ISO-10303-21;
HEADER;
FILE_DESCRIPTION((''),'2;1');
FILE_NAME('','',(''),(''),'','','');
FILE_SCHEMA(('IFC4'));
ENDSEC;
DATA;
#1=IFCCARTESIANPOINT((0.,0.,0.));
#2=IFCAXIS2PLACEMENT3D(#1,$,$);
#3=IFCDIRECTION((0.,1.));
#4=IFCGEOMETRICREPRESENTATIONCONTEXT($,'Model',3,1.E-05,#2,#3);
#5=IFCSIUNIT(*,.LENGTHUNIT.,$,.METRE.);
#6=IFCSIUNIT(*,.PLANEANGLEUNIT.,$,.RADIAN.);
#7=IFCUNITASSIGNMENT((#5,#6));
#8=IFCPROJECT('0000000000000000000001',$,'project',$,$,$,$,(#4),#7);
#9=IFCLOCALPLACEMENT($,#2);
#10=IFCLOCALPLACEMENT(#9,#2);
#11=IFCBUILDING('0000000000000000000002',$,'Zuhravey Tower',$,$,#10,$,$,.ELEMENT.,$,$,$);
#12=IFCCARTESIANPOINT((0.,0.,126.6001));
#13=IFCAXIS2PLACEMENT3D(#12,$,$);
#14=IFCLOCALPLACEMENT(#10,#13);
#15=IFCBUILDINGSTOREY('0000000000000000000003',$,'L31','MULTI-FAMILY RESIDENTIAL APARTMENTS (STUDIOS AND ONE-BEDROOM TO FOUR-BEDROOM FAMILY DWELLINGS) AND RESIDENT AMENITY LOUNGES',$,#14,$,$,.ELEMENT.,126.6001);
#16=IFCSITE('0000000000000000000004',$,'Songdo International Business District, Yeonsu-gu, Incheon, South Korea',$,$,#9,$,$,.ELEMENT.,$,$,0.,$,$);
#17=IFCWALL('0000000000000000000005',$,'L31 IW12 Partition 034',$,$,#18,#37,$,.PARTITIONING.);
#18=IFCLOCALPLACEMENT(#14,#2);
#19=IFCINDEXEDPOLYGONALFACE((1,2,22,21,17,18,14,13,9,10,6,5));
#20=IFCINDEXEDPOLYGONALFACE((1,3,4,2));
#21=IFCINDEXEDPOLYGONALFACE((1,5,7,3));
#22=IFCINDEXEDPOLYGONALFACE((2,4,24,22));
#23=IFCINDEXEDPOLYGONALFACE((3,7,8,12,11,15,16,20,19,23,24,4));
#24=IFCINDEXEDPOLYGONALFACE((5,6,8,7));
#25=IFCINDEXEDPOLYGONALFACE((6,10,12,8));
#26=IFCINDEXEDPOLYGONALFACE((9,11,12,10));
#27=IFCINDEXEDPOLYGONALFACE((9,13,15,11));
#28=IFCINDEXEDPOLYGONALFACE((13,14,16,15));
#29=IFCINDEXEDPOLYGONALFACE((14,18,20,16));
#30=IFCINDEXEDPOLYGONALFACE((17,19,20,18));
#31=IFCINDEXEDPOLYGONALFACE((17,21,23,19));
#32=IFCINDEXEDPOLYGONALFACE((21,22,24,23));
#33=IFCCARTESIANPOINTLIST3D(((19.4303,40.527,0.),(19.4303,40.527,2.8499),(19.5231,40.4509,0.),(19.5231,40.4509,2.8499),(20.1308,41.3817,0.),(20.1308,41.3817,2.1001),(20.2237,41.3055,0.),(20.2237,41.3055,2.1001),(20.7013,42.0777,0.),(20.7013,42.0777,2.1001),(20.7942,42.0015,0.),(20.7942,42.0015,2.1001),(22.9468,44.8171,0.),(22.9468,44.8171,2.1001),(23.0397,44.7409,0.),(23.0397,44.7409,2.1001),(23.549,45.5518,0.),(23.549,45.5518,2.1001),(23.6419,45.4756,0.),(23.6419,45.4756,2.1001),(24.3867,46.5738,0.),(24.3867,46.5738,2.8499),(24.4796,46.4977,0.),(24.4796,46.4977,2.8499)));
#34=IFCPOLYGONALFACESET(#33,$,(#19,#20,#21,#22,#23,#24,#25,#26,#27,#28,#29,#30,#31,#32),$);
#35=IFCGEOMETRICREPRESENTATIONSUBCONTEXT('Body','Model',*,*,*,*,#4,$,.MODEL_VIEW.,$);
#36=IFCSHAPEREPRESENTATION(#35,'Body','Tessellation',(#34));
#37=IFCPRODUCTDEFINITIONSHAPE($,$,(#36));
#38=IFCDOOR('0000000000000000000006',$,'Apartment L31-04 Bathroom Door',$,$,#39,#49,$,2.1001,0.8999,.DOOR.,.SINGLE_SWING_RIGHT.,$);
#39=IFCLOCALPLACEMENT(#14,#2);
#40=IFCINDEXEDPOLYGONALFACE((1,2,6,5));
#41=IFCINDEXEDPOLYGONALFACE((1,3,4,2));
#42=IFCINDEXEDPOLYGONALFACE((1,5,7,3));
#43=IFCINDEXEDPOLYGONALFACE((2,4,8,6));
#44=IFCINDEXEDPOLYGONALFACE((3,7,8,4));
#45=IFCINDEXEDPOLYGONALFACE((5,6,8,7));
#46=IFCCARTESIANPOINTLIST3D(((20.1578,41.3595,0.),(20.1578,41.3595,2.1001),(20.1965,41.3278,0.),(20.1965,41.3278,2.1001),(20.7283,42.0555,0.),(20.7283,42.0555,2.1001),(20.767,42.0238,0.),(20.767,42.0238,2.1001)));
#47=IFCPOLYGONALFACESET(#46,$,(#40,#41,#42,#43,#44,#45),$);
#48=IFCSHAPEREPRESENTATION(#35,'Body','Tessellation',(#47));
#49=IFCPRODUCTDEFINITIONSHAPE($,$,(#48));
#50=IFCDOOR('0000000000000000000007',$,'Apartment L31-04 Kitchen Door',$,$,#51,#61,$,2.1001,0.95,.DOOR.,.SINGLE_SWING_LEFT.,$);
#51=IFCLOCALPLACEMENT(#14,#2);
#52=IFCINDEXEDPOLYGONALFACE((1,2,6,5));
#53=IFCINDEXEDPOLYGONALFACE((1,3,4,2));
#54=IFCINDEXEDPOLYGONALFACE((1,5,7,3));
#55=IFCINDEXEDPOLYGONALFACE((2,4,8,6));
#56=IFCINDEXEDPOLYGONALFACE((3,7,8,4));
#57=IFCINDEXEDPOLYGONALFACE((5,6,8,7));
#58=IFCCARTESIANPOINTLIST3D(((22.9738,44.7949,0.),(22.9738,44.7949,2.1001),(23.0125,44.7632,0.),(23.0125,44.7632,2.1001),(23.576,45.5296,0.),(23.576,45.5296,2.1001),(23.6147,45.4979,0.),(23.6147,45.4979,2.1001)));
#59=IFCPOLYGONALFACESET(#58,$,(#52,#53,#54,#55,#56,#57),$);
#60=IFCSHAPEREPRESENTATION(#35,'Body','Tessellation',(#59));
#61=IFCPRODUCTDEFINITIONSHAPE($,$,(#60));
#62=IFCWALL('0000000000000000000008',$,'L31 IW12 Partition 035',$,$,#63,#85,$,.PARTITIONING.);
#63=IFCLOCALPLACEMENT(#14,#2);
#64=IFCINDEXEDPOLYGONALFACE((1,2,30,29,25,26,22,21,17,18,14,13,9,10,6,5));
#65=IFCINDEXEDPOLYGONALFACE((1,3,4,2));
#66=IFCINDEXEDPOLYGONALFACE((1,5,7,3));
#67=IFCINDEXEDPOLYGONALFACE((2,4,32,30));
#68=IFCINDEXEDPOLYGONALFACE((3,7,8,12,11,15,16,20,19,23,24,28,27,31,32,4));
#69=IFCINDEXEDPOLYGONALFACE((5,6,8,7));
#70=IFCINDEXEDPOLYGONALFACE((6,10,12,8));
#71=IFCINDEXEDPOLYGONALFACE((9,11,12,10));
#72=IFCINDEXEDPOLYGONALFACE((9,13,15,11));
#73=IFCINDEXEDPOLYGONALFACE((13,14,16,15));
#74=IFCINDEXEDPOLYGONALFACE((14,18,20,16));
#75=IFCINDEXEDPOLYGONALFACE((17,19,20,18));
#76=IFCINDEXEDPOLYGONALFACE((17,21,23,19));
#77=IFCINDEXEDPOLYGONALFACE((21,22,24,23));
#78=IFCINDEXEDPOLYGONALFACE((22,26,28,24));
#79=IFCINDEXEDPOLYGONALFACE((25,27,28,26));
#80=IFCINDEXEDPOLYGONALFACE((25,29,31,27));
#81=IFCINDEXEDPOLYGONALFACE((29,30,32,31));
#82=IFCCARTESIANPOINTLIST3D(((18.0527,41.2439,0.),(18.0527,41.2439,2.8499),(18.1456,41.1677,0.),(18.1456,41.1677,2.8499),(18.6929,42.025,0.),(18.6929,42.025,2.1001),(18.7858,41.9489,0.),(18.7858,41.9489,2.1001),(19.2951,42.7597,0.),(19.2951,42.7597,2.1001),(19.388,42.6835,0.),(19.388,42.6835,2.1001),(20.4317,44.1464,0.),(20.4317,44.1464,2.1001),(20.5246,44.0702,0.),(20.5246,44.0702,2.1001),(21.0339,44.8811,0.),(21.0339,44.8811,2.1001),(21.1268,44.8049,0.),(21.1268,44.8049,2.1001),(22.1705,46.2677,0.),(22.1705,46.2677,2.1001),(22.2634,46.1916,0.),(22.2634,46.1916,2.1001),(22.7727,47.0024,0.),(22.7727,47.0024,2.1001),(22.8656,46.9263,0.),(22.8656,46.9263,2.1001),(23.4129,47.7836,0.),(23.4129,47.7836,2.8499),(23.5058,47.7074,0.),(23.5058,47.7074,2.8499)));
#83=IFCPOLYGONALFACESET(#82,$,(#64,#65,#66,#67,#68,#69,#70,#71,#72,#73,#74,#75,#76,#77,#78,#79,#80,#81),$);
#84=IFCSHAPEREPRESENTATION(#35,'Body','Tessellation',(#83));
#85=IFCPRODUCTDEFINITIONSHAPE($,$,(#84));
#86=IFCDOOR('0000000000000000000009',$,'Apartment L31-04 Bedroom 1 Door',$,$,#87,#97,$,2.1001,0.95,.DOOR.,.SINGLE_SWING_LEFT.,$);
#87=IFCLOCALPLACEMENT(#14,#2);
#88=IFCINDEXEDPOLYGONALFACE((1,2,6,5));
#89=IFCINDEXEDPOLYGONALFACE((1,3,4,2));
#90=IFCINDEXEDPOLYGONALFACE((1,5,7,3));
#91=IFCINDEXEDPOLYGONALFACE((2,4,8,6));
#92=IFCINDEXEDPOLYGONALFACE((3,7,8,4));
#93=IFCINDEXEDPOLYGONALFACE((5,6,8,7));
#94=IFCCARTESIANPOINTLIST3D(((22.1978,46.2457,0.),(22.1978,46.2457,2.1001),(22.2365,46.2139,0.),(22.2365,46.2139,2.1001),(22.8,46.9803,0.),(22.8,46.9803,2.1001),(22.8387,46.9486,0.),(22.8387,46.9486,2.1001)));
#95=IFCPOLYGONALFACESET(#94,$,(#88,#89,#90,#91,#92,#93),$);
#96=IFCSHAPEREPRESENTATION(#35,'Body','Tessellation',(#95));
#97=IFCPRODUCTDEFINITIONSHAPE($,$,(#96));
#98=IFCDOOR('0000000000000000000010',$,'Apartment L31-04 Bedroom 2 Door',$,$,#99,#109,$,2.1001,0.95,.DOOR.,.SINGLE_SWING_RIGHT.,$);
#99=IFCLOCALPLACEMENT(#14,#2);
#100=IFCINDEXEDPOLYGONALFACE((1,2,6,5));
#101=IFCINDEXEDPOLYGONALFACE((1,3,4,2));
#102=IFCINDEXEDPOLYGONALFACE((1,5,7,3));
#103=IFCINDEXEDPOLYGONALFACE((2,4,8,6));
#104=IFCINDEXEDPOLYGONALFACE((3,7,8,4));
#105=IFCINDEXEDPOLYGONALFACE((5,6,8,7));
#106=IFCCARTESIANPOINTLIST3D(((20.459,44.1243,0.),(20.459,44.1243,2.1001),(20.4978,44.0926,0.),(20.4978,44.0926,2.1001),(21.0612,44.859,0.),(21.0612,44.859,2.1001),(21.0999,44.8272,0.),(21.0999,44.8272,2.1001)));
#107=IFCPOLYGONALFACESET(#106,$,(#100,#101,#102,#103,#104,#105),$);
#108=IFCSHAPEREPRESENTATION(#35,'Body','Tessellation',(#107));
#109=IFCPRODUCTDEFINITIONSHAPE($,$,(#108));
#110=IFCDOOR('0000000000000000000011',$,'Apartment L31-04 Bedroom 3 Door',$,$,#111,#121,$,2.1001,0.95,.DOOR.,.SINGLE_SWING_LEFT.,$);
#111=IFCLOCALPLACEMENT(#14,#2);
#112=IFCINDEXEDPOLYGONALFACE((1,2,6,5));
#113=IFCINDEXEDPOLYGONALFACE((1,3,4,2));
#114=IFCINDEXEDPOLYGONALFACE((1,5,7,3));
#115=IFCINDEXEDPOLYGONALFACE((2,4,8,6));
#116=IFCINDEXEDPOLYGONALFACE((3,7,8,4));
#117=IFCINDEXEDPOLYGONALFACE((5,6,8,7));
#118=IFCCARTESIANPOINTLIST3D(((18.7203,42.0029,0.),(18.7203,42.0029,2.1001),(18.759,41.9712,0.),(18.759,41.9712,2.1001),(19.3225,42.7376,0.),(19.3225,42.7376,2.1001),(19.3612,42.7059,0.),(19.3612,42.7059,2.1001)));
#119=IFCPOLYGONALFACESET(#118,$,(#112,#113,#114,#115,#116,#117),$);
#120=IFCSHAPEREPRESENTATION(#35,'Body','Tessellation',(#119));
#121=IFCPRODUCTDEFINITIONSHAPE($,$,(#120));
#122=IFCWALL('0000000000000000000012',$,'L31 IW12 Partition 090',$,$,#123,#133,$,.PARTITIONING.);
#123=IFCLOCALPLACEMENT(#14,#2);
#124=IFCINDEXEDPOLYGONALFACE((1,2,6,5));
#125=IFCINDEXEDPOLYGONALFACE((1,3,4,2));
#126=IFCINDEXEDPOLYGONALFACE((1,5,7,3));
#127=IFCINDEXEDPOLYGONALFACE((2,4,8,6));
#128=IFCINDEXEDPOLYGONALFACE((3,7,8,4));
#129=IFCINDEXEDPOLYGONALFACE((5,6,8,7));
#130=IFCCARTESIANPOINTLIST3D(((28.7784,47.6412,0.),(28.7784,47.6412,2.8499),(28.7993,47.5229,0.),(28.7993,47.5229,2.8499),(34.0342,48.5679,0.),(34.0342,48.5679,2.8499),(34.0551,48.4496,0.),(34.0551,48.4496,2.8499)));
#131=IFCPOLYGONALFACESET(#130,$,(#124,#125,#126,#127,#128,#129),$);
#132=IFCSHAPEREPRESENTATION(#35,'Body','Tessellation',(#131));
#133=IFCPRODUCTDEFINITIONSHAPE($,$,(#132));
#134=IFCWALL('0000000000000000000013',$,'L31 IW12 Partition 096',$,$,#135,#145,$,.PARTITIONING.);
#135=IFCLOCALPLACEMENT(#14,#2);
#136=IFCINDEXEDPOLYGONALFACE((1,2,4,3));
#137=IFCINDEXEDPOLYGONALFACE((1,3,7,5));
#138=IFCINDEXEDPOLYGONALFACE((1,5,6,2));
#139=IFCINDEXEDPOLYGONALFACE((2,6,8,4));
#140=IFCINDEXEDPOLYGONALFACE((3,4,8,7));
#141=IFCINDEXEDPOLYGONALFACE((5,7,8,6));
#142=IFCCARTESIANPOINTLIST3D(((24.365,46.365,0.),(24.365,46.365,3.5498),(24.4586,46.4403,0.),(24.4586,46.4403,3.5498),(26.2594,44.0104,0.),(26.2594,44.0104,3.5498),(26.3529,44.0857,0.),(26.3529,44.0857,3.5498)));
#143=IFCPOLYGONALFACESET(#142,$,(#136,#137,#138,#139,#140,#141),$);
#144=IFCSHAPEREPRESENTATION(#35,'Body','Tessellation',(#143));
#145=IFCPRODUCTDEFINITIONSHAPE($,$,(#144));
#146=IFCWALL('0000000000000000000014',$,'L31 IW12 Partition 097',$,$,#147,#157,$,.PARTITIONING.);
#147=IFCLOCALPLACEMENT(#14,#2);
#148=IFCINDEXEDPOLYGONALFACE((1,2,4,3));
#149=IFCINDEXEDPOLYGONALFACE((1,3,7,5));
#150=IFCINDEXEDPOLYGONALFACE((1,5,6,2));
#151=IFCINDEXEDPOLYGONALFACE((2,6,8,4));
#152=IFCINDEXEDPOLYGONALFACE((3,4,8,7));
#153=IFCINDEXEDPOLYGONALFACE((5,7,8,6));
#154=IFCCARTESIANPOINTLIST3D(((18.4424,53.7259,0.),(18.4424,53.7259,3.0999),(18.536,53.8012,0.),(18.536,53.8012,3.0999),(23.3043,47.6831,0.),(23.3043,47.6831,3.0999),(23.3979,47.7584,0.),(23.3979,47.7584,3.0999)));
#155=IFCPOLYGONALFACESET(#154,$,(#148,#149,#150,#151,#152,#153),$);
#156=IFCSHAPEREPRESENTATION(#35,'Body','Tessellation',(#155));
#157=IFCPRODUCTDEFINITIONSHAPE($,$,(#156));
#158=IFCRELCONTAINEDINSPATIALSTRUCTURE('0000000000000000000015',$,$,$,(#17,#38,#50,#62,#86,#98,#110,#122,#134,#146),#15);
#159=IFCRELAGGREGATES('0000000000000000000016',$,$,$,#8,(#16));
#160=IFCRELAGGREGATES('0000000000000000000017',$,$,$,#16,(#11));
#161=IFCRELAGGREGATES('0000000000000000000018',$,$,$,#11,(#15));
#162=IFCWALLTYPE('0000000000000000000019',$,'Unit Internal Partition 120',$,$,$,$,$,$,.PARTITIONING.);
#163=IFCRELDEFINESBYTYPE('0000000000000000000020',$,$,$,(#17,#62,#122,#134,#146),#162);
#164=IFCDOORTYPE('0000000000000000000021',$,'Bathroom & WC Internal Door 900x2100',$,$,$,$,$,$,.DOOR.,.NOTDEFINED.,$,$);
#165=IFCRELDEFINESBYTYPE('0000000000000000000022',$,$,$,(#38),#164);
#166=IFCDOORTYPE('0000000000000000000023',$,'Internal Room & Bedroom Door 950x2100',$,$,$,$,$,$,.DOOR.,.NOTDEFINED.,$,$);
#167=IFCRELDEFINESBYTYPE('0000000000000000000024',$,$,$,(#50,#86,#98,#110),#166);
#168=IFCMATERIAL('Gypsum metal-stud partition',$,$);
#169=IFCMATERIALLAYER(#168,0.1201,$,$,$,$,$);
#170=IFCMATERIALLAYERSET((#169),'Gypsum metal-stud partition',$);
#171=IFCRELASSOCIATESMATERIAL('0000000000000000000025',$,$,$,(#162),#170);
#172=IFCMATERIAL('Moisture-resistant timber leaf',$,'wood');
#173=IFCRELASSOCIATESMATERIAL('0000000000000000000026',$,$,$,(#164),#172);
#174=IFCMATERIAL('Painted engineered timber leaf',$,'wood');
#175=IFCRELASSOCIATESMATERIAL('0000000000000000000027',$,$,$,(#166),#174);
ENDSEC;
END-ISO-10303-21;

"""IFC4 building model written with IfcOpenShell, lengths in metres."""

from ifc_helpers import new_model, si_unit, direction, frame, frame_2d, origin, place, context, subcontext, project, spatial, rectangle, extrude, material, layer, layer_set, type_object, element, fill, save


model = new_model("IFC4")

# Units and contexts
model_context = context("Model", 3, precision=1e-05, world=origin(), true_north=direction((0.0, 1.0)))
body_context = subcontext(model_context, "Body", "Model", "MODEL_VIEW")
ifc_project = project(units=[si_unit("LENGTHUNIT", "METRE"), si_unit("PLANEANGLEUNIT", "RADIAN")], contexts=[model_context])

# Site, building, storey
site_placement = place(None, origin())
site = spatial("IfcSite", under=ifc_project, at=site_placement, Name="Songdo International Business District, Yeonsu-gu, Incheon, South Korea", CompositionType="ELEMENT", RefElevation=0.0)
building_placement = place(site_placement, origin())
building = spatial("IfcBuilding", under=site, at=building_placement, Name="Zuhravey Tower", CompositionType="ELEMENT")
storey_placement = place(building_placement, frame((0.0, 0.0, 126.6001)))
storey = spatial("IfcBuildingStorey", under=building, at=storey_placement, Name="L31", Description="MULTI-FAMILY RESIDENTIAL APARTMENTS (STUDIOS AND ONE-BEDROOM TO FOUR-BEDROOM FAMILY DWELLINGS) AND RESIDENT AMENITY LOUNGES", CompositionType="ELEMENT", Elevation=126.6001)

# Shared definitions
ifc_material_1 = material(Name="Gypsum metal-stud partition")
ifc_layer_1 = layer(ifc_material_1, 0.1201)
ifc_layer_set_1 = layer_set([ifc_layer_1], Name="Gypsum metal-stud partition")
wall_type_1 = type_object("IfcWallType", Name="Unit Internal Partition 120", PredefinedType="PARTITIONING", material=ifc_layer_set_1)
ifc_material_2 = material(Name="Moisture-resistant timber leaf", Category="wood")
door_type_1 = type_object("IfcDoorType", Name="Bathroom & WC Internal Door 900x2100", OperationType="NOTDEFINED", PredefinedType="DOOR", material=ifc_material_2)
ifc_material_3 = material(Name="Painted engineered timber leaf", Category="wood")
door_type_2 = type_object("IfcDoorType", Name="Internal Room & Bedroom Door 950x2100", OperationType="NOTDEFINED", PredefinedType="DOOR", material=ifc_material_3)

# Walls, openings, doors
wall_1_placement = place(storey_placement, frame((24.4331, 46.5356, 0.0), z_axis=(0.0, 0.0, 1.0), x_axis=(-0.633935, -0.773387, 0.0)))
wall_1 = element("IfcWall", 1, at=wall_1_placement, inside=storey, type_object=wall_type_1, Name="L31 IW12 Partition 034", PredefinedType="PARTITIONING", context=body_context, shape_type="SweptSolid", body=[
    extrude(rectangle(XDim=7.8186, YDim=0.1201, at=frame_2d((3.9092, 0.0))), origin(), (0.0, 0.0, 1.0), 2.8499),
])
opening_1_placement = place(wall_1_placement, frame((1.3213, 0.0, 0.0)))
opening_1 = element("IfcOpeningElement", 2, at=opening_1_placement, cuts=wall_1, PredefinedType="OPENING", context=body_context, shape_type="SweptSolid", body=[
    extrude(rectangle(XDim=0.95, YDim=2.1001, at=frame_2d((0.4751, 1.05))), frame((0.0, 0.072, 0.0), z_axis=(0.0, -1.0, 0.0), x_axis=(1.0, 0.0, 0.0)), (0.0, 0.0, 1.0), 0.144),
])
opening_2_placement = place(wall_1_placement, frame((5.8135, 0.0, 0.0)))
opening_2 = element("IfcOpeningElement", 3, at=opening_2_placement, cuts=wall_1, PredefinedType="OPENING", context=body_context, shape_type="SweptSolid", body=[
    extrude(rectangle(XDim=0.8999, YDim=2.1001, at=frame_2d((0.45, 1.05))), frame((0.0, 0.072, 0.0), z_axis=(0.0, -1.0, 0.0), x_axis=(1.0, 0.0, 0.0)), (0.0, 0.0, 1.0), 0.144),
])
door_1_placement = place(opening_2_placement, origin())
door_1 = element("IfcDoor", 4, at=door_1_placement, inside=storey, type_object=door_type_1, Name="Apartment L31-04 Bathroom Door", OperationType="SINGLE_SWING_RIGHT", OverallHeight=2.1001, OverallWidth=0.8999, PredefinedType="DOOR", context=body_context, shape_type="SweptSolid", body=[
    extrude(rectangle(XDim=0.8999, YDim=2.1001, at=frame_2d((0.45, 1.05))), frame((0.0, 0.0249, 0.0), z_axis=(0.0, -1.0, 0.0), x_axis=(1.0, 0.0, 0.0)), (0.0, 0.0, 1.0), 0.05),
])
fill(opening_2, door_1)
door_2_placement = place(opening_1_placement, origin())
door_2 = element("IfcDoor", 5, at=door_2_placement, inside=storey, type_object=door_type_2, Name="Apartment L31-04 Kitchen Door", OperationType="SINGLE_SWING_LEFT", OverallHeight=2.1001, OverallWidth=0.95, PredefinedType="DOOR", context=body_context, shape_type="SweptSolid", body=[
    extrude(rectangle(XDim=0.95, YDim=2.1001, at=frame_2d((0.4751, 1.05))), frame((0.0, 0.0249, 0.0), z_axis=(0.0, -1.0, 0.0), x_axis=(1.0, 0.0, 0.0)), (0.0, 0.0, 1.0), 0.05),
])
fill(opening_1, door_2)
wall_2_placement = place(storey_placement, frame((23.4595, 47.7456, 0.0), z_axis=(0.0, 0.0, 1.0), x_axis=(-0.633918, -0.7734, 0.0)))
wall_2 = element("IfcWall", 6, at=wall_2_placement, inside=storey, type_object=wall_type_1, Name="L31 IW12 Partition 035", PredefinedType="PARTITIONING", context=body_context, shape_type="SweptSolid", body=[
    extrude(rectangle(XDim=8.4558, YDim=0.1201, at=frame_2d((4.228, 0.0))), origin(), (0.0, 0.0, 1.0), 2.8499),
])
opening_3_placement = place(wall_2_placement, frame((1.01, 0.0, 0.0)))
opening_3 = element("IfcOpeningElement", 7, at=opening_3_placement, cuts=wall_2, PredefinedType="OPENING", context=body_context, shape_type="SweptSolid", body=[
    extrude(rectangle(XDim=0.95, YDim=2.1001, at=frame_2d((0.4751, 1.05))), frame((0.0, 0.072, 0.0), z_axis=(0.0, -1.0, 0.0), x_axis=(1.0, 0.0, 0.0)), (0.0, 0.0, 1.0), 0.144),
])
opening_4_placement = place(wall_2_placement, frame((3.7529, 0.0, 0.0)))
opening_4 = element("IfcOpeningElement", 8, at=opening_4_placement, cuts=wall_2, PredefinedType="OPENING", context=body_context, shape_type="SweptSolid", body=[
    extrude(rectangle(XDim=0.95, YDim=2.1001, at=frame_2d((0.4751, 1.05))), frame((0.0, 0.072, 0.0), z_axis=(0.0, -1.0, 0.0), x_axis=(1.0, 0.0, 0.0)), (0.0, 0.0, 1.0), 0.144),
])
opening_5_placement = place(wall_2_placement, frame((6.4958, 0.0, 0.0)))
opening_5 = element("IfcOpeningElement", 9, at=opening_5_placement, cuts=wall_2, PredefinedType="OPENING", context=body_context, shape_type="SweptSolid", body=[
    extrude(rectangle(XDim=0.95, YDim=2.1001, at=frame_2d((0.4751, 1.05))), frame((0.0, 0.072, 0.0), z_axis=(0.0, -1.0, 0.0), x_axis=(1.0, 0.0, 0.0)), (0.0, 0.0, 1.0), 0.144),
])
door_3_placement = place(opening_3_placement, frame((0.95, 0.0, 0.0), z_axis=(0.0, 0.0, 1.0), x_axis=(-1.0, 0.0, 0.0)))
door_3 = element("IfcDoor", 10, at=door_3_placement, inside=storey, type_object=door_type_2, Name="Apartment L31-04 Bedroom 1 Door", OperationType="SINGLE_SWING_LEFT", OverallHeight=2.1001, OverallWidth=0.95, PredefinedType="DOOR", context=body_context, shape_type="SweptSolid", body=[
    extrude(rectangle(XDim=0.95, YDim=2.1001, at=frame_2d((0.4751, 1.05))), frame((0.0, 0.0249, 0.0), z_axis=(0.0, -1.0, 0.0), x_axis=(1.0, 0.0, 0.0)), (0.0, 0.0, 1.0), 0.05),
])
fill(opening_3, door_3)
door_4_placement = place(opening_4_placement, frame((0.95, 0.0, 0.0), z_axis=(0.0, 0.0, 1.0), x_axis=(-1.0, 0.0, 0.0)))
door_4 = element("IfcDoor", 11, at=door_4_placement, inside=storey, type_object=door_type_2, Name="Apartment L31-04 Bedroom 2 Door", OperationType="SINGLE_SWING_RIGHT", OverallHeight=2.1001, OverallWidth=0.95, PredefinedType="DOOR", context=body_context, shape_type="SweptSolid", body=[
    extrude(rectangle(XDim=0.95, YDim=2.1001, at=frame_2d((0.4751, 1.05))), frame((0.0, 0.0249, 0.0), z_axis=(0.0, -1.0, 0.0), x_axis=(1.0, 0.0, 0.0)), (0.0, 0.0, 1.0), 0.05),
])
fill(opening_4, door_4)
door_5_placement = place(opening_5_placement, frame((0.95, 0.0, 0.0), z_axis=(0.0, 0.0, 1.0), x_axis=(-1.0, 0.0, 0.0)))
door_5 = element("IfcDoor", 12, at=door_5_placement, inside=storey, type_object=door_type_2, Name="Apartment L31-04 Bedroom 3 Door", OperationType="SINGLE_SWING_LEFT", OverallHeight=2.1001, OverallWidth=0.95, PredefinedType="DOOR", context=body_context, shape_type="SweptSolid", body=[
    extrude(rectangle(XDim=0.95, YDim=2.1001, at=frame_2d((0.4751, 1.05))), frame((0.0, 0.0249, 0.0), z_axis=(0.0, -1.0, 0.0), x_axis=(1.0, 0.0, 0.0)), (0.0, 0.0, 1.0), 0.05),
])
fill(opening_5, door_5)

# Walls
wall_3_placement = place(storey_placement, frame((34.0447, 48.5088, 0.0), z_axis=(0.0, 0.0, 1.0), x_axis=(-0.984807, -0.17365, 0.0)))
element("IfcWall", 13, at=wall_3_placement, inside=storey, type_object=wall_type_1, Name="L31 IW12 Partition 090", PredefinedType="PARTITIONING", context=body_context, shape_type="SweptSolid", body=[
    extrude(rectangle(XDim=5.3369, YDim=0.1201, at=frame_2d((2.6685, 0.0))), origin(), (0.0, 0.0, 1.0), 2.8499),
])
wall_4_placement = place(storey_placement, frame((26.3062, 44.0481, 0.0), z_axis=(0.0, 0.0, 1.0), x_axis=(-0.62685, 0.77914, 0.0)))
element("IfcWall", 14, at=wall_4_placement, inside=storey, type_object=wall_type_1, Name="L31 IW12 Partition 096", PredefinedType="PARTITIONING", context=body_context, shape_type="SweptSolid", body=[
    extrude(rectangle(XDim=3.022, YDim=0.1201, at=frame_2d((1.511, 0.0))), origin(), (0.0, 0.0, 1.0), 3.5498),
])
wall_5_placement = place(storey_placement, frame((23.3511, 47.7207, 0.0), z_axis=(0.0, 0.0, 1.0), x_axis=(-0.626865, 0.779128, 0.0)))
element("IfcWall", 15, at=wall_5_placement, inside=storey, type_object=wall_type_1, Name="L31 IW12 Partition 097", PredefinedType="PARTITIONING", context=body_context, shape_type="SweptSolid", body=[
    extrude(rectangle(XDim=7.7559, YDim=0.1201, at=frame_2d((3.8779, 0.0))), origin(), (0.0, 0.0, 1.0), 3.0999),
])

save(model, "model.ifc")
